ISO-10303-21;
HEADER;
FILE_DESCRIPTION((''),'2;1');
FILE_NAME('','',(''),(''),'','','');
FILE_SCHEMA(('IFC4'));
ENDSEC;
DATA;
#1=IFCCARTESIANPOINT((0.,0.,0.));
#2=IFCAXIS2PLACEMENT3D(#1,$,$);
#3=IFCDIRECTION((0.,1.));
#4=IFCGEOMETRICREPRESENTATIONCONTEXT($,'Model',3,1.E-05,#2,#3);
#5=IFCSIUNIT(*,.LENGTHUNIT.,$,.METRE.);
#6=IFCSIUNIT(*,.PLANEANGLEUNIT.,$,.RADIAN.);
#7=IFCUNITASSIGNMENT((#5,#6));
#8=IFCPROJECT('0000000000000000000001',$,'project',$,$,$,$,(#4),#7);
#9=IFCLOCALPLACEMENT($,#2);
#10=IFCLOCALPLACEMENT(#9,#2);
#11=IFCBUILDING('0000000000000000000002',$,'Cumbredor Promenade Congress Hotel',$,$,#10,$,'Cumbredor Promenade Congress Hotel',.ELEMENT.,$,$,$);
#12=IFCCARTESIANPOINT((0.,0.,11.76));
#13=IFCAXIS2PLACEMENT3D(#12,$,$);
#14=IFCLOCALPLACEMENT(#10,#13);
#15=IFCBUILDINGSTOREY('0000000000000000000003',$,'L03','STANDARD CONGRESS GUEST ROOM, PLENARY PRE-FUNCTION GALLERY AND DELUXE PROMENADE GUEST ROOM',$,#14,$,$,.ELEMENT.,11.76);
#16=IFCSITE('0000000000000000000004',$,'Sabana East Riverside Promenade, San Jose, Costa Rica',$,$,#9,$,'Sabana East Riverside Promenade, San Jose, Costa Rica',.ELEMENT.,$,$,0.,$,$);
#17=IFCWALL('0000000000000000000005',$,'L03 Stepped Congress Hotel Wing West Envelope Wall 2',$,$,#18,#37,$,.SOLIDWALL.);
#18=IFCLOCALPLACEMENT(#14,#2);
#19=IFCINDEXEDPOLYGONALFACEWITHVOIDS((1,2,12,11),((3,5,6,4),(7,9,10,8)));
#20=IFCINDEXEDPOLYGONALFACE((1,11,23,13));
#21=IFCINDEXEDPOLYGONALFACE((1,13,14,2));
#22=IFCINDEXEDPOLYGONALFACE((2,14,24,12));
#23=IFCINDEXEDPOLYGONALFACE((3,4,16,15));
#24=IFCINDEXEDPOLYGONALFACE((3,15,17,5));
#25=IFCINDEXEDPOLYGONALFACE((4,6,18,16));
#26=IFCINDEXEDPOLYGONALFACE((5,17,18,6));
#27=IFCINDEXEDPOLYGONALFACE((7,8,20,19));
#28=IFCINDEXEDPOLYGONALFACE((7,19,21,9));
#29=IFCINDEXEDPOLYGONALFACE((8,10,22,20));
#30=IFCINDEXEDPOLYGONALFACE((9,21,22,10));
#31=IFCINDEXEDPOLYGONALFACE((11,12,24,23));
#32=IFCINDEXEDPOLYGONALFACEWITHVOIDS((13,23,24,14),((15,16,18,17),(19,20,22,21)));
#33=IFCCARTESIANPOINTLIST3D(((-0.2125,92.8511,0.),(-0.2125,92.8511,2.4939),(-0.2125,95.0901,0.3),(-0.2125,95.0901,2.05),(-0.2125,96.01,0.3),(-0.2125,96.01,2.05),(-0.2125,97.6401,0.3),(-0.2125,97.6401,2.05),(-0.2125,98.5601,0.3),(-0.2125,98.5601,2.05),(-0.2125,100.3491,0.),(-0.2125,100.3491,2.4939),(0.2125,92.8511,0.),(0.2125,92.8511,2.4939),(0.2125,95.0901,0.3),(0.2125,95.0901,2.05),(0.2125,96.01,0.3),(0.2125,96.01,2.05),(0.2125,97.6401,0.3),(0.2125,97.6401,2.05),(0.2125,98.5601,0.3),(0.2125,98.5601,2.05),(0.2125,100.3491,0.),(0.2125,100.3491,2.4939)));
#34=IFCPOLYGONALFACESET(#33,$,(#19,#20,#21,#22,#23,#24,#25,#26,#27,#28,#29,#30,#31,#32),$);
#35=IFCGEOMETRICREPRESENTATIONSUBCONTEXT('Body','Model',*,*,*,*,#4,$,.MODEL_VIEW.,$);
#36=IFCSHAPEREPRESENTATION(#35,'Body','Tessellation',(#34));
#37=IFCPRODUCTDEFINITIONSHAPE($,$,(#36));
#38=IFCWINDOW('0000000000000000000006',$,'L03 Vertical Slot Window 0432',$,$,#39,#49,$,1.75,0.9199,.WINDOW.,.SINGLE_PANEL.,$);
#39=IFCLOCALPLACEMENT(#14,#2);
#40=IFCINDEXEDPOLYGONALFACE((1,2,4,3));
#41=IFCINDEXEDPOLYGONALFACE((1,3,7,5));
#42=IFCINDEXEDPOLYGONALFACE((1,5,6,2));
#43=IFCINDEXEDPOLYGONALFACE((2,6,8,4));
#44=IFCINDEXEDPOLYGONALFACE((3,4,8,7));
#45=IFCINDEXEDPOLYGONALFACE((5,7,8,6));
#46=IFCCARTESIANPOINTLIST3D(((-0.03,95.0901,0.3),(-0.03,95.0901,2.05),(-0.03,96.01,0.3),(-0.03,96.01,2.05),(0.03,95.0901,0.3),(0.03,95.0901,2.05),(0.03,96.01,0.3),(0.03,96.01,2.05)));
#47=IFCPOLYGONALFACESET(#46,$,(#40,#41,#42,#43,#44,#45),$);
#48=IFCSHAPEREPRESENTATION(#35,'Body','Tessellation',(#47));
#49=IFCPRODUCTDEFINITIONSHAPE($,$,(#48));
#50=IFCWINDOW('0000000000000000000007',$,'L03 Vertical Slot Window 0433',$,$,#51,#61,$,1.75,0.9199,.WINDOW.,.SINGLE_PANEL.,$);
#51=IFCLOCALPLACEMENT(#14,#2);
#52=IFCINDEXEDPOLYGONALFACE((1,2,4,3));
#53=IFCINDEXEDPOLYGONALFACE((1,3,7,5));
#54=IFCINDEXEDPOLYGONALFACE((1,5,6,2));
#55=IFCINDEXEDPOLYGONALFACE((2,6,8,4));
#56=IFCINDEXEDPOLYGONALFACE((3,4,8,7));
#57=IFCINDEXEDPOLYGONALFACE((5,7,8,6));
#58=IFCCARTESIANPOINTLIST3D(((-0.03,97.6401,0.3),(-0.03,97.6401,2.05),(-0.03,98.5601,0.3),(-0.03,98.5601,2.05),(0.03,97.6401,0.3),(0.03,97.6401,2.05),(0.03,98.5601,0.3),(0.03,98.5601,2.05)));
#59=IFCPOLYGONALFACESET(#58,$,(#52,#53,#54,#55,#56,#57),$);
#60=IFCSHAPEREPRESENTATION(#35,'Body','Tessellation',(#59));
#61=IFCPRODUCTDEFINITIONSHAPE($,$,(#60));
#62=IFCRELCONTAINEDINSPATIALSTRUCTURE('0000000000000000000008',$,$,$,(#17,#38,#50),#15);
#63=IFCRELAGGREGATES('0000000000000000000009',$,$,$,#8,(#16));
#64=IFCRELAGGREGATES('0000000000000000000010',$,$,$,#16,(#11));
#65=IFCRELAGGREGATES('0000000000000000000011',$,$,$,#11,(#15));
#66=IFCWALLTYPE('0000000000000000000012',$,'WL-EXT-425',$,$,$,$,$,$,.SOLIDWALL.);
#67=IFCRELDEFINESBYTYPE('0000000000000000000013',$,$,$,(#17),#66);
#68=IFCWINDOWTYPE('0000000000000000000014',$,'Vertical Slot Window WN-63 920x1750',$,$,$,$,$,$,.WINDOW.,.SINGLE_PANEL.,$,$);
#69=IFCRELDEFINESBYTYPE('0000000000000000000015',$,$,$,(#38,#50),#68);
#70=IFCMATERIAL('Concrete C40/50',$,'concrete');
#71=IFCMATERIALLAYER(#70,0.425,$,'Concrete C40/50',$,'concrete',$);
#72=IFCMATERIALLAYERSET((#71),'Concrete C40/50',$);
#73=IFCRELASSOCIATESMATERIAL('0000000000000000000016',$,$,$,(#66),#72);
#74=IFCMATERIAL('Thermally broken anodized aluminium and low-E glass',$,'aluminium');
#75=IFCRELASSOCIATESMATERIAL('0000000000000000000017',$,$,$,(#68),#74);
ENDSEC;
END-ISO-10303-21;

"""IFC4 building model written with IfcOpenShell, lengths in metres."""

from ifc_helpers import new_model, si_unit, direction, frame, frame_2d, origin, place, context, subcontext, project, spatial, rectangle, extrude, material, layer, layer_set, type_object, element, fill, save


model = new_model("IFC4")

# Units and contexts
model_context = context("Model", 3, precision=1e-05, world=origin(), true_north=direction((0.0, 1.0)))
body_context = subcontext(model_context, "Body", "Model", "MODEL_VIEW")
ifc_project = project(units=[si_unit("LENGTHUNIT", "METRE"), si_unit("PLANEANGLEUNIT", "RADIAN")], contexts=[model_context])

# Site, building, storey
site_placement = place(None, origin())
site = spatial("IfcSite", under=ifc_project, at=site_placement, Name="Sabana East Riverside Promenade, San Jose, Costa Rica", LongName="Sabana East Riverside Promenade, San Jose, Costa Rica", CompositionType="ELEMENT", RefElevation=0.0)
building_placement = place(site_placement, origin())
building = spatial("IfcBuilding", under=site, at=building_placement, Name="Cumbredor Promenade Congress Hotel", LongName="Cumbredor Promenade Congress Hotel", CompositionType="ELEMENT")
storey_placement = place(building_placement, frame((0.0, 0.0, 11.76)))
storey = spatial("IfcBuildingStorey", under=building, at=storey_placement, Name="L03", Description="STANDARD CONGRESS GUEST ROOM, PLENARY PRE-FUNCTION GALLERY AND DELUXE PROMENADE GUEST ROOM", CompositionType="ELEMENT", Elevation=11.76)

# Shared definitions
ifc_material_1 = material(Name="Thermally broken anodized aluminium and low-E glass", Category="aluminium")

# Wall, openings, windows
ifc_material_2 = material(Name="Concrete C40/50", Category="concrete")
ifc_layer_1 = layer(ifc_material_2, 0.425, Name="Concrete C40/50", Category="concrete")
ifc_layer_set_1 = layer_set([ifc_layer_1], Name="Concrete C40/50")
wall_type_1 = type_object("IfcWallType", Name="WL-EXT-425", PredefinedType="SOLIDWALL", material=ifc_layer_set_1)
wall_1_placement = place(storey_placement, frame((0.0, 92.8511, 0.0), z_axis=(0.0, 0.0, 1.0), x_axis=(0.0, 1.0, 0.0)))
wall_1 = element("IfcWall", 1, at=wall_1_placement, inside=storey, type_object=wall_type_1, Name="L03 Stepped Congress Hotel Wing West Envelope Wall 2", PredefinedType="SOLIDWALL", context=body_context, shape_type="SweptSolid", body=[
    extrude(rectangle(XDim=7.498, YDim=0.425, at=frame_2d((3.749, 0.0))), origin(), (0.0, 0.0, 1.0), 2.4939),
])
opening_1_placement = place(wall_1_placement, frame((2.239, 0.0, 0.3)))
opening_1 = element("IfcOpeningElement", 2, at=opening_1_placement, cuts=wall_1, PredefinedType="OPENING", context=body_context, shape_type="SweptSolid", body=[
    extrude(rectangle(XDim=0.9199, YDim=1.75, at=frame_2d((0.46, 0.875))), frame((0.0, 0.2227, 0.0), z_axis=(0.0, -1.0, 0.0), x_axis=(1.0, 0.0, 0.0)), (0.0, 0.0, 1.0), 0.4451),
])
opening_2_placement = place(wall_1_placement, frame((4.7891, 0.0, 0.3)))
opening_2 = element("IfcOpeningElement", 3, at=opening_2_placement, cuts=wall_1, PredefinedType="OPENING", context=body_context, shape_type="SweptSolid", body=[
    extrude(rectangle(XDim=0.9199, YDim=1.75, at=frame_2d((0.46, 0.875))), frame((0.0, 0.2227, 0.0), z_axis=(0.0, -1.0, 0.0), x_axis=(1.0, 0.0, 0.0)), (0.0, 0.0, 1.0), 0.4451),
])
window_type = type_object("IfcWindowType", Name="Vertical Slot Window WN-63 920x1750", PartitioningType="SINGLE_PANEL", PredefinedType="WINDOW", material=ifc_material_1)
window_1_placement = place(opening_1_placement, origin())
window_1 = element("IfcWindow", 4, at=window_1_placement, inside=storey, type_object=window_type, Name="L03 Vertical Slot Window 0432", OverallHeight=1.75, OverallWidth=0.9199, PartitioningType="SINGLE_PANEL", PredefinedType="WINDOW", context=body_context, shape_type="SweptSolid", body=[
    extrude(rectangle(XDim=0.9199, YDim=1.75, at=frame_2d((0.46, 0.875))), frame((0.0, 0.03, 0.0), z_axis=(0.0, -1.0, 0.0), x_axis=(1.0, 0.0, 0.0)), (0.0, 0.0, 1.0), 0.0601),
])
fill(opening_1, window_1)
window_2_placement = place(opening_2_placement, origin())
window_2 = element("IfcWindow", 5, at=window_2_placement, inside=storey, type_object=window_type, Name="L03 Vertical Slot Window 0433", OverallHeight=1.75, OverallWidth=0.9199, PartitioningType="SINGLE_PANEL", PredefinedType="WINDOW", context=body_context, shape_type="SweptSolid", body=[
    extrude(rectangle(XDim=0.9199, YDim=1.75, at=frame_2d((0.46, 0.875))), frame((0.0, 0.03, 0.0), z_axis=(0.0, -1.0, 0.0), x_axis=(1.0, 0.0, 0.0)), (0.0, 0.0, 1.0), 0.0601),
])
fill(opening_2, window_2)

save(model, "model.ifc")
